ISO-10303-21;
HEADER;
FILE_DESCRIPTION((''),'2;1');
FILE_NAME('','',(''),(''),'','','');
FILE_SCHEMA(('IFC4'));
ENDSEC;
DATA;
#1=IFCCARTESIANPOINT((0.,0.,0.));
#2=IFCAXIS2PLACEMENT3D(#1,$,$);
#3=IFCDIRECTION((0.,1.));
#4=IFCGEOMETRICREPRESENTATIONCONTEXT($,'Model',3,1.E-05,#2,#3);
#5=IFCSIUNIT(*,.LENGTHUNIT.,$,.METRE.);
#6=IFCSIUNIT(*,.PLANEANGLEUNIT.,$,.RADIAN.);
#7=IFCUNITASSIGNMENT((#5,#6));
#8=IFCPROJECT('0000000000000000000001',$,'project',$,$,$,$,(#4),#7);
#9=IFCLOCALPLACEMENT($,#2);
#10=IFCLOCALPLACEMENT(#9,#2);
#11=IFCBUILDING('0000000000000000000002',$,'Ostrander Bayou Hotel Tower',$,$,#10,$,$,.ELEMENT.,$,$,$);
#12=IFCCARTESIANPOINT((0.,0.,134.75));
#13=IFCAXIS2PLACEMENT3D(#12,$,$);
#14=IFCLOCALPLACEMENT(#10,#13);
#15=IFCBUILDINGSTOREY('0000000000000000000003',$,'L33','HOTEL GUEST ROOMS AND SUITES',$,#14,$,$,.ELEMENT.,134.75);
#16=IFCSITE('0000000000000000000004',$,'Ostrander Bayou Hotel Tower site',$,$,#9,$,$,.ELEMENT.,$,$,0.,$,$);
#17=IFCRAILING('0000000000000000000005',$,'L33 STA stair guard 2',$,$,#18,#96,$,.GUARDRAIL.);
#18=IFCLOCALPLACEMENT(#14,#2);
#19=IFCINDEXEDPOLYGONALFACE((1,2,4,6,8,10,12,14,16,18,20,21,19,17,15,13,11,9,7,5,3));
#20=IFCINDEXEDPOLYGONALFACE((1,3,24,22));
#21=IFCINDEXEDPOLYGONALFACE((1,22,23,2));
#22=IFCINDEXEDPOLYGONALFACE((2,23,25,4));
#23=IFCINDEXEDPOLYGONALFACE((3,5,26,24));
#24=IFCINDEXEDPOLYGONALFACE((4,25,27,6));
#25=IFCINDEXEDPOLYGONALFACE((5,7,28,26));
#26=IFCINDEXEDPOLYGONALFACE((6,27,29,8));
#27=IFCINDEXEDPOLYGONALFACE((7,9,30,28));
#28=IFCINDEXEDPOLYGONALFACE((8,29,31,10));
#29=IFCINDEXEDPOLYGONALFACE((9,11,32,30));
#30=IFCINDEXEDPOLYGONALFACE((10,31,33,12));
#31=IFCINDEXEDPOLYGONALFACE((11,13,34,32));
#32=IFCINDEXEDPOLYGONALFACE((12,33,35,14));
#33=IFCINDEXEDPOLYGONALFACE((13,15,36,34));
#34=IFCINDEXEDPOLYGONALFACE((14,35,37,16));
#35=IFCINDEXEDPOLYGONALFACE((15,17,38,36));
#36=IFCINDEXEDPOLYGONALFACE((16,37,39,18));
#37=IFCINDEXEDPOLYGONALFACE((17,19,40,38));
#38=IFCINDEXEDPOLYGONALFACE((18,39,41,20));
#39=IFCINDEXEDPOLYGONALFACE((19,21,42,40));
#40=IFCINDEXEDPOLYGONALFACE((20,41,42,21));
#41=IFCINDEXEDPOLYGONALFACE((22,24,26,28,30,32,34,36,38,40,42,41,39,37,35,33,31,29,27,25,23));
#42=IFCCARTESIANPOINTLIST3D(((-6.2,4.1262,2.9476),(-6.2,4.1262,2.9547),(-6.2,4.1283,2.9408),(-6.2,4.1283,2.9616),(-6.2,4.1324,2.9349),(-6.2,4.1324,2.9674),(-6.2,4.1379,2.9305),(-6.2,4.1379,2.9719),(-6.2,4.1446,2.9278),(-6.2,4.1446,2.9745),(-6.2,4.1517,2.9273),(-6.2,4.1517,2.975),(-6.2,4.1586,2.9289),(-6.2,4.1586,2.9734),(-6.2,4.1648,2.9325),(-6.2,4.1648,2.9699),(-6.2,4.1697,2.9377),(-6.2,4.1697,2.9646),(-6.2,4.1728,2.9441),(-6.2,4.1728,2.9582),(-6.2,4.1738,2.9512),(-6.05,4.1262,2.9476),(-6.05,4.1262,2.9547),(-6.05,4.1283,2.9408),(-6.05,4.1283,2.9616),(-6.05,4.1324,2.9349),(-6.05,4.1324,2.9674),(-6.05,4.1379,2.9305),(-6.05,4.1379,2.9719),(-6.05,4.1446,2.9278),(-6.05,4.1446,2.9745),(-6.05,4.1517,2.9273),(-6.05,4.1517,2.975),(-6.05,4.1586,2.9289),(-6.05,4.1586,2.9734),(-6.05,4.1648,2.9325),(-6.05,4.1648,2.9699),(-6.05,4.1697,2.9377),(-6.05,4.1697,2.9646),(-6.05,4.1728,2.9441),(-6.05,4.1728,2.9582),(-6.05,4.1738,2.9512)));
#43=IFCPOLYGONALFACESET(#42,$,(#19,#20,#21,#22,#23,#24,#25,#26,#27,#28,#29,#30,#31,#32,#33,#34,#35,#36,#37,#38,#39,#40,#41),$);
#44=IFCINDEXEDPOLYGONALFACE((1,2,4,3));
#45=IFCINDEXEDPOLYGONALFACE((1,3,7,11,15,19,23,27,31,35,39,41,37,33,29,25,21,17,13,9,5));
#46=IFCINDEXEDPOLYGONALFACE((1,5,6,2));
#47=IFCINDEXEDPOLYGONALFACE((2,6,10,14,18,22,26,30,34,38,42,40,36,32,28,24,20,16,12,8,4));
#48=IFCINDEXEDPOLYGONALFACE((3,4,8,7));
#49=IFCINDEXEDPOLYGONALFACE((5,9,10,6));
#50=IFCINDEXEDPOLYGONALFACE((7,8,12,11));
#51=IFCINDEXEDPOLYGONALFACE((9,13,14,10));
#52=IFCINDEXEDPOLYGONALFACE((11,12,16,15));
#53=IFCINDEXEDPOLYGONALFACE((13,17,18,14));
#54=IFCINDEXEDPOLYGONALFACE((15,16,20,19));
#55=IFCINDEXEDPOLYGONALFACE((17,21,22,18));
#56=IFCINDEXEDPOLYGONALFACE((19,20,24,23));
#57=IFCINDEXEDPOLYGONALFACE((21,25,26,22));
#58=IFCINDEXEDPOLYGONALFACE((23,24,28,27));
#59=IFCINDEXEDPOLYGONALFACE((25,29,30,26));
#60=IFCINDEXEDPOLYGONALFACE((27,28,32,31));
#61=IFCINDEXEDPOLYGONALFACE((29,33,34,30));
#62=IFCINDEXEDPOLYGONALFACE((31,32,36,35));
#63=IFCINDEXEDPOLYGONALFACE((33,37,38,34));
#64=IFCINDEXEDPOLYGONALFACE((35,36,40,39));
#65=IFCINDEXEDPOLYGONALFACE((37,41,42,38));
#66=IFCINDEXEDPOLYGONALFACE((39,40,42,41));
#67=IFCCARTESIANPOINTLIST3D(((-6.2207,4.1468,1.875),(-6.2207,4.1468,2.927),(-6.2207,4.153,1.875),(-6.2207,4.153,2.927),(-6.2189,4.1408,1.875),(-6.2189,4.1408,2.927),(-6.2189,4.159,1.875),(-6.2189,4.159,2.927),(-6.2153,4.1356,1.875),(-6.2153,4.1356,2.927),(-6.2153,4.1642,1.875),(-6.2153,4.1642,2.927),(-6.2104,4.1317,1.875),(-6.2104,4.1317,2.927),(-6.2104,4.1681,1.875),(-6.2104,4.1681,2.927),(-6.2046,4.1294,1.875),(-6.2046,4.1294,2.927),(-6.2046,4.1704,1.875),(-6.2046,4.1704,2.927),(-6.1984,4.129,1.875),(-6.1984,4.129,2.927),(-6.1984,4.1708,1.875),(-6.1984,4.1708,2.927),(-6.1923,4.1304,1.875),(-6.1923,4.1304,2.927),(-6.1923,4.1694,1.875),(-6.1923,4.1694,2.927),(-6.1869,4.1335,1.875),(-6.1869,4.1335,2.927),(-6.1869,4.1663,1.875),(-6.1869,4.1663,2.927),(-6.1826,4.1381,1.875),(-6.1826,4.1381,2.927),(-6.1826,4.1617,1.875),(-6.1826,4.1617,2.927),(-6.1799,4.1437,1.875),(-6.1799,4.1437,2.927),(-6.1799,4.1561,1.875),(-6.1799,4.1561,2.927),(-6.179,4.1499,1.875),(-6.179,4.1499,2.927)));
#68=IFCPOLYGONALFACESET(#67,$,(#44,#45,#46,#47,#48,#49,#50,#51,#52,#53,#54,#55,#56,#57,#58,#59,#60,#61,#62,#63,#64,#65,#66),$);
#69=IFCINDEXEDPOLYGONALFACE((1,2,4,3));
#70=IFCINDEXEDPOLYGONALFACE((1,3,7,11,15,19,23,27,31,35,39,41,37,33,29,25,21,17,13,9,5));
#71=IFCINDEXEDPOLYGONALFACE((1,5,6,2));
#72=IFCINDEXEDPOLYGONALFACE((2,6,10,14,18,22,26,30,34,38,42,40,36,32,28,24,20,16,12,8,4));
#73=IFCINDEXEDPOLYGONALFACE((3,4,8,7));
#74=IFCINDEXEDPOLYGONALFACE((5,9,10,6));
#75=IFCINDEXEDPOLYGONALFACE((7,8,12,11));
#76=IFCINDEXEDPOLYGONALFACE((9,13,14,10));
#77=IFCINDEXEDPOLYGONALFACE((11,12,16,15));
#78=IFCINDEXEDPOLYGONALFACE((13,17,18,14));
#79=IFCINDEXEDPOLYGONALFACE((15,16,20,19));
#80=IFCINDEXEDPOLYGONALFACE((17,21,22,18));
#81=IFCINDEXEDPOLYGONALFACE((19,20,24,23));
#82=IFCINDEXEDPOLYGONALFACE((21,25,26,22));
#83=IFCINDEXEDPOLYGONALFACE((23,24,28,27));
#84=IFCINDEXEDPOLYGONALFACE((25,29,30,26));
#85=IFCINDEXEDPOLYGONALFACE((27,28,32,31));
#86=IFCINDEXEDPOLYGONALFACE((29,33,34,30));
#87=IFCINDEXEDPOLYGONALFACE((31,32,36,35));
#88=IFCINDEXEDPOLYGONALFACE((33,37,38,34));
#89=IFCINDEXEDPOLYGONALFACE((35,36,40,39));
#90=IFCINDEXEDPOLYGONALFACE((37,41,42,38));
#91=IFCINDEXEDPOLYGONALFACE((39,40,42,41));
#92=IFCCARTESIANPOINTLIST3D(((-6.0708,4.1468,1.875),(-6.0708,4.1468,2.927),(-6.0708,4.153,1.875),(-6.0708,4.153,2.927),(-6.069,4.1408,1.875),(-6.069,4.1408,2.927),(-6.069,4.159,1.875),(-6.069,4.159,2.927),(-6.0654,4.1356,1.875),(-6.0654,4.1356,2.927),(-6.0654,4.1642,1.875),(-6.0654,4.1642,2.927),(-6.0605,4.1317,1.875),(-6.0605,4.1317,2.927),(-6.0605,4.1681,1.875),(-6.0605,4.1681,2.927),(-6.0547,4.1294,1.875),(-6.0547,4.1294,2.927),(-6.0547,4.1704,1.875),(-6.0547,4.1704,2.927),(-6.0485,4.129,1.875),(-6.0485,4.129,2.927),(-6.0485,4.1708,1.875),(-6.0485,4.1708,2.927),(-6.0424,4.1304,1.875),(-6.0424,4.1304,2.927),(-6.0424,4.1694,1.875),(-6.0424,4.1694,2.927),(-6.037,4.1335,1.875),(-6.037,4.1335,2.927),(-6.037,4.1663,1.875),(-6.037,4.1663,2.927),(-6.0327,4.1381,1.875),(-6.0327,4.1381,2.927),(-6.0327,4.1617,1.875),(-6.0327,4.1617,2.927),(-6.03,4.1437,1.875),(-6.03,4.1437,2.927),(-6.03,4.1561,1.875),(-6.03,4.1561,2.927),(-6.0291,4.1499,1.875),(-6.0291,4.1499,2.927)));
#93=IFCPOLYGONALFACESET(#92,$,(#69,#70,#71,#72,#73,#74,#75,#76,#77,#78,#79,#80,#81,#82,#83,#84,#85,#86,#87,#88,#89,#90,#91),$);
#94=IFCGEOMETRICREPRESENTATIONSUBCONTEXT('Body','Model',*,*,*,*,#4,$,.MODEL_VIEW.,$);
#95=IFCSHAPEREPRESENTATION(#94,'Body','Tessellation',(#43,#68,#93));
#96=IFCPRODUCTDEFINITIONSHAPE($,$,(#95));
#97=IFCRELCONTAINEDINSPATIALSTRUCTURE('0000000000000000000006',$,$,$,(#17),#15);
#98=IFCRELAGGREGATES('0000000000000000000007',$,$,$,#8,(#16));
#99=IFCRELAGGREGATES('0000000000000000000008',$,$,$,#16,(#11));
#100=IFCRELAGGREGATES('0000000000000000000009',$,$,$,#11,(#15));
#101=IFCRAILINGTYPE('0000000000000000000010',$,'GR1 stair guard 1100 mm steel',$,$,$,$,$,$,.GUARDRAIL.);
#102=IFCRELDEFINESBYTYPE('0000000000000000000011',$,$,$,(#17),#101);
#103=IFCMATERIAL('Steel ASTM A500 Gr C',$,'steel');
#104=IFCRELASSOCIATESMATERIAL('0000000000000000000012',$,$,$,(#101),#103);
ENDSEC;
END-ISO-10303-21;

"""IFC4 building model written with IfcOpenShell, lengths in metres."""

from ifc_helpers import new_model, si_unit, direction, frame, origin, origin_2d, place, context, subcontext, project, spatial, circle, extrude, material, type_object, element, save


model = new_model("IFC4")

# Units and contexts
model_context = context("Model", 3, precision=1e-05, world=origin(), true_north=direction((0.0, 1.0)))
body_context = subcontext(model_context, "Body", "Model", "MODEL_VIEW")
ifc_project = project(units=[si_unit("LENGTHUNIT", "METRE"), si_unit("PLANEANGLEUNIT", "RADIAN")], contexts=[model_context])

# Site, building, storey
site_placement = place(None, origin())
site = spatial("IfcSite", under=ifc_project, at=site_placement, Name="Ostrander Bayou Hotel Tower site", CompositionType="ELEMENT", RefElevation=0.0)
building_placement = place(site_placement, origin())
building = spatial("IfcBuilding", under=site, at=building_placement, Name="Ostrander Bayou Hotel Tower", CompositionType="ELEMENT")
storey_placement = place(building_placement, frame((0.0, 0.0, 134.75)))
storey = spatial("IfcBuildingStorey", under=building, at=storey_placement, Name="L33", Description="HOTEL GUEST ROOMS AND SUITES", CompositionType="ELEMENT", Elevation=134.75)

# Railing
ifc_material_1 = material(Name="Steel ASTM A500 Gr C", Category="steel")
railing_type_1 = type_object("IfcRailingType", Name="GR1 stair guard 1100 mm steel", PredefinedType="GUARDRAIL", material=ifc_material_1)
railing_1_placement = place(storey_placement, frame((-6.2, 4.1499, 1.875)))
element("IfcRailing", 1, at=railing_1_placement, inside=storey, type_object=railing_type_1, Name="L33 STA stair guard 2", PredefinedType="GUARDRAIL", context=body_context, shape_type="SweptSolid", body=[
    extrude(circle(Radius=0.0239, at=origin_2d()), frame((0.0, 0.0, 1.0762), z_axis=(1.0, 0.0, 0.0), x_axis=(0.0, 1.0, 0.0)), (0.0, 0.0, 1.0), 0.1499),
    extrude(circle(Radius=0.021, at=origin_2d()), origin(), (0.0, 0.0, 1.0), 1.052),
    extrude(circle(Radius=0.021, at=origin_2d()), frame((0.1499, 0.0, 0.0)), (0.0, 0.0, 1.0), 1.052),
])

save(model, "model.ifc")
